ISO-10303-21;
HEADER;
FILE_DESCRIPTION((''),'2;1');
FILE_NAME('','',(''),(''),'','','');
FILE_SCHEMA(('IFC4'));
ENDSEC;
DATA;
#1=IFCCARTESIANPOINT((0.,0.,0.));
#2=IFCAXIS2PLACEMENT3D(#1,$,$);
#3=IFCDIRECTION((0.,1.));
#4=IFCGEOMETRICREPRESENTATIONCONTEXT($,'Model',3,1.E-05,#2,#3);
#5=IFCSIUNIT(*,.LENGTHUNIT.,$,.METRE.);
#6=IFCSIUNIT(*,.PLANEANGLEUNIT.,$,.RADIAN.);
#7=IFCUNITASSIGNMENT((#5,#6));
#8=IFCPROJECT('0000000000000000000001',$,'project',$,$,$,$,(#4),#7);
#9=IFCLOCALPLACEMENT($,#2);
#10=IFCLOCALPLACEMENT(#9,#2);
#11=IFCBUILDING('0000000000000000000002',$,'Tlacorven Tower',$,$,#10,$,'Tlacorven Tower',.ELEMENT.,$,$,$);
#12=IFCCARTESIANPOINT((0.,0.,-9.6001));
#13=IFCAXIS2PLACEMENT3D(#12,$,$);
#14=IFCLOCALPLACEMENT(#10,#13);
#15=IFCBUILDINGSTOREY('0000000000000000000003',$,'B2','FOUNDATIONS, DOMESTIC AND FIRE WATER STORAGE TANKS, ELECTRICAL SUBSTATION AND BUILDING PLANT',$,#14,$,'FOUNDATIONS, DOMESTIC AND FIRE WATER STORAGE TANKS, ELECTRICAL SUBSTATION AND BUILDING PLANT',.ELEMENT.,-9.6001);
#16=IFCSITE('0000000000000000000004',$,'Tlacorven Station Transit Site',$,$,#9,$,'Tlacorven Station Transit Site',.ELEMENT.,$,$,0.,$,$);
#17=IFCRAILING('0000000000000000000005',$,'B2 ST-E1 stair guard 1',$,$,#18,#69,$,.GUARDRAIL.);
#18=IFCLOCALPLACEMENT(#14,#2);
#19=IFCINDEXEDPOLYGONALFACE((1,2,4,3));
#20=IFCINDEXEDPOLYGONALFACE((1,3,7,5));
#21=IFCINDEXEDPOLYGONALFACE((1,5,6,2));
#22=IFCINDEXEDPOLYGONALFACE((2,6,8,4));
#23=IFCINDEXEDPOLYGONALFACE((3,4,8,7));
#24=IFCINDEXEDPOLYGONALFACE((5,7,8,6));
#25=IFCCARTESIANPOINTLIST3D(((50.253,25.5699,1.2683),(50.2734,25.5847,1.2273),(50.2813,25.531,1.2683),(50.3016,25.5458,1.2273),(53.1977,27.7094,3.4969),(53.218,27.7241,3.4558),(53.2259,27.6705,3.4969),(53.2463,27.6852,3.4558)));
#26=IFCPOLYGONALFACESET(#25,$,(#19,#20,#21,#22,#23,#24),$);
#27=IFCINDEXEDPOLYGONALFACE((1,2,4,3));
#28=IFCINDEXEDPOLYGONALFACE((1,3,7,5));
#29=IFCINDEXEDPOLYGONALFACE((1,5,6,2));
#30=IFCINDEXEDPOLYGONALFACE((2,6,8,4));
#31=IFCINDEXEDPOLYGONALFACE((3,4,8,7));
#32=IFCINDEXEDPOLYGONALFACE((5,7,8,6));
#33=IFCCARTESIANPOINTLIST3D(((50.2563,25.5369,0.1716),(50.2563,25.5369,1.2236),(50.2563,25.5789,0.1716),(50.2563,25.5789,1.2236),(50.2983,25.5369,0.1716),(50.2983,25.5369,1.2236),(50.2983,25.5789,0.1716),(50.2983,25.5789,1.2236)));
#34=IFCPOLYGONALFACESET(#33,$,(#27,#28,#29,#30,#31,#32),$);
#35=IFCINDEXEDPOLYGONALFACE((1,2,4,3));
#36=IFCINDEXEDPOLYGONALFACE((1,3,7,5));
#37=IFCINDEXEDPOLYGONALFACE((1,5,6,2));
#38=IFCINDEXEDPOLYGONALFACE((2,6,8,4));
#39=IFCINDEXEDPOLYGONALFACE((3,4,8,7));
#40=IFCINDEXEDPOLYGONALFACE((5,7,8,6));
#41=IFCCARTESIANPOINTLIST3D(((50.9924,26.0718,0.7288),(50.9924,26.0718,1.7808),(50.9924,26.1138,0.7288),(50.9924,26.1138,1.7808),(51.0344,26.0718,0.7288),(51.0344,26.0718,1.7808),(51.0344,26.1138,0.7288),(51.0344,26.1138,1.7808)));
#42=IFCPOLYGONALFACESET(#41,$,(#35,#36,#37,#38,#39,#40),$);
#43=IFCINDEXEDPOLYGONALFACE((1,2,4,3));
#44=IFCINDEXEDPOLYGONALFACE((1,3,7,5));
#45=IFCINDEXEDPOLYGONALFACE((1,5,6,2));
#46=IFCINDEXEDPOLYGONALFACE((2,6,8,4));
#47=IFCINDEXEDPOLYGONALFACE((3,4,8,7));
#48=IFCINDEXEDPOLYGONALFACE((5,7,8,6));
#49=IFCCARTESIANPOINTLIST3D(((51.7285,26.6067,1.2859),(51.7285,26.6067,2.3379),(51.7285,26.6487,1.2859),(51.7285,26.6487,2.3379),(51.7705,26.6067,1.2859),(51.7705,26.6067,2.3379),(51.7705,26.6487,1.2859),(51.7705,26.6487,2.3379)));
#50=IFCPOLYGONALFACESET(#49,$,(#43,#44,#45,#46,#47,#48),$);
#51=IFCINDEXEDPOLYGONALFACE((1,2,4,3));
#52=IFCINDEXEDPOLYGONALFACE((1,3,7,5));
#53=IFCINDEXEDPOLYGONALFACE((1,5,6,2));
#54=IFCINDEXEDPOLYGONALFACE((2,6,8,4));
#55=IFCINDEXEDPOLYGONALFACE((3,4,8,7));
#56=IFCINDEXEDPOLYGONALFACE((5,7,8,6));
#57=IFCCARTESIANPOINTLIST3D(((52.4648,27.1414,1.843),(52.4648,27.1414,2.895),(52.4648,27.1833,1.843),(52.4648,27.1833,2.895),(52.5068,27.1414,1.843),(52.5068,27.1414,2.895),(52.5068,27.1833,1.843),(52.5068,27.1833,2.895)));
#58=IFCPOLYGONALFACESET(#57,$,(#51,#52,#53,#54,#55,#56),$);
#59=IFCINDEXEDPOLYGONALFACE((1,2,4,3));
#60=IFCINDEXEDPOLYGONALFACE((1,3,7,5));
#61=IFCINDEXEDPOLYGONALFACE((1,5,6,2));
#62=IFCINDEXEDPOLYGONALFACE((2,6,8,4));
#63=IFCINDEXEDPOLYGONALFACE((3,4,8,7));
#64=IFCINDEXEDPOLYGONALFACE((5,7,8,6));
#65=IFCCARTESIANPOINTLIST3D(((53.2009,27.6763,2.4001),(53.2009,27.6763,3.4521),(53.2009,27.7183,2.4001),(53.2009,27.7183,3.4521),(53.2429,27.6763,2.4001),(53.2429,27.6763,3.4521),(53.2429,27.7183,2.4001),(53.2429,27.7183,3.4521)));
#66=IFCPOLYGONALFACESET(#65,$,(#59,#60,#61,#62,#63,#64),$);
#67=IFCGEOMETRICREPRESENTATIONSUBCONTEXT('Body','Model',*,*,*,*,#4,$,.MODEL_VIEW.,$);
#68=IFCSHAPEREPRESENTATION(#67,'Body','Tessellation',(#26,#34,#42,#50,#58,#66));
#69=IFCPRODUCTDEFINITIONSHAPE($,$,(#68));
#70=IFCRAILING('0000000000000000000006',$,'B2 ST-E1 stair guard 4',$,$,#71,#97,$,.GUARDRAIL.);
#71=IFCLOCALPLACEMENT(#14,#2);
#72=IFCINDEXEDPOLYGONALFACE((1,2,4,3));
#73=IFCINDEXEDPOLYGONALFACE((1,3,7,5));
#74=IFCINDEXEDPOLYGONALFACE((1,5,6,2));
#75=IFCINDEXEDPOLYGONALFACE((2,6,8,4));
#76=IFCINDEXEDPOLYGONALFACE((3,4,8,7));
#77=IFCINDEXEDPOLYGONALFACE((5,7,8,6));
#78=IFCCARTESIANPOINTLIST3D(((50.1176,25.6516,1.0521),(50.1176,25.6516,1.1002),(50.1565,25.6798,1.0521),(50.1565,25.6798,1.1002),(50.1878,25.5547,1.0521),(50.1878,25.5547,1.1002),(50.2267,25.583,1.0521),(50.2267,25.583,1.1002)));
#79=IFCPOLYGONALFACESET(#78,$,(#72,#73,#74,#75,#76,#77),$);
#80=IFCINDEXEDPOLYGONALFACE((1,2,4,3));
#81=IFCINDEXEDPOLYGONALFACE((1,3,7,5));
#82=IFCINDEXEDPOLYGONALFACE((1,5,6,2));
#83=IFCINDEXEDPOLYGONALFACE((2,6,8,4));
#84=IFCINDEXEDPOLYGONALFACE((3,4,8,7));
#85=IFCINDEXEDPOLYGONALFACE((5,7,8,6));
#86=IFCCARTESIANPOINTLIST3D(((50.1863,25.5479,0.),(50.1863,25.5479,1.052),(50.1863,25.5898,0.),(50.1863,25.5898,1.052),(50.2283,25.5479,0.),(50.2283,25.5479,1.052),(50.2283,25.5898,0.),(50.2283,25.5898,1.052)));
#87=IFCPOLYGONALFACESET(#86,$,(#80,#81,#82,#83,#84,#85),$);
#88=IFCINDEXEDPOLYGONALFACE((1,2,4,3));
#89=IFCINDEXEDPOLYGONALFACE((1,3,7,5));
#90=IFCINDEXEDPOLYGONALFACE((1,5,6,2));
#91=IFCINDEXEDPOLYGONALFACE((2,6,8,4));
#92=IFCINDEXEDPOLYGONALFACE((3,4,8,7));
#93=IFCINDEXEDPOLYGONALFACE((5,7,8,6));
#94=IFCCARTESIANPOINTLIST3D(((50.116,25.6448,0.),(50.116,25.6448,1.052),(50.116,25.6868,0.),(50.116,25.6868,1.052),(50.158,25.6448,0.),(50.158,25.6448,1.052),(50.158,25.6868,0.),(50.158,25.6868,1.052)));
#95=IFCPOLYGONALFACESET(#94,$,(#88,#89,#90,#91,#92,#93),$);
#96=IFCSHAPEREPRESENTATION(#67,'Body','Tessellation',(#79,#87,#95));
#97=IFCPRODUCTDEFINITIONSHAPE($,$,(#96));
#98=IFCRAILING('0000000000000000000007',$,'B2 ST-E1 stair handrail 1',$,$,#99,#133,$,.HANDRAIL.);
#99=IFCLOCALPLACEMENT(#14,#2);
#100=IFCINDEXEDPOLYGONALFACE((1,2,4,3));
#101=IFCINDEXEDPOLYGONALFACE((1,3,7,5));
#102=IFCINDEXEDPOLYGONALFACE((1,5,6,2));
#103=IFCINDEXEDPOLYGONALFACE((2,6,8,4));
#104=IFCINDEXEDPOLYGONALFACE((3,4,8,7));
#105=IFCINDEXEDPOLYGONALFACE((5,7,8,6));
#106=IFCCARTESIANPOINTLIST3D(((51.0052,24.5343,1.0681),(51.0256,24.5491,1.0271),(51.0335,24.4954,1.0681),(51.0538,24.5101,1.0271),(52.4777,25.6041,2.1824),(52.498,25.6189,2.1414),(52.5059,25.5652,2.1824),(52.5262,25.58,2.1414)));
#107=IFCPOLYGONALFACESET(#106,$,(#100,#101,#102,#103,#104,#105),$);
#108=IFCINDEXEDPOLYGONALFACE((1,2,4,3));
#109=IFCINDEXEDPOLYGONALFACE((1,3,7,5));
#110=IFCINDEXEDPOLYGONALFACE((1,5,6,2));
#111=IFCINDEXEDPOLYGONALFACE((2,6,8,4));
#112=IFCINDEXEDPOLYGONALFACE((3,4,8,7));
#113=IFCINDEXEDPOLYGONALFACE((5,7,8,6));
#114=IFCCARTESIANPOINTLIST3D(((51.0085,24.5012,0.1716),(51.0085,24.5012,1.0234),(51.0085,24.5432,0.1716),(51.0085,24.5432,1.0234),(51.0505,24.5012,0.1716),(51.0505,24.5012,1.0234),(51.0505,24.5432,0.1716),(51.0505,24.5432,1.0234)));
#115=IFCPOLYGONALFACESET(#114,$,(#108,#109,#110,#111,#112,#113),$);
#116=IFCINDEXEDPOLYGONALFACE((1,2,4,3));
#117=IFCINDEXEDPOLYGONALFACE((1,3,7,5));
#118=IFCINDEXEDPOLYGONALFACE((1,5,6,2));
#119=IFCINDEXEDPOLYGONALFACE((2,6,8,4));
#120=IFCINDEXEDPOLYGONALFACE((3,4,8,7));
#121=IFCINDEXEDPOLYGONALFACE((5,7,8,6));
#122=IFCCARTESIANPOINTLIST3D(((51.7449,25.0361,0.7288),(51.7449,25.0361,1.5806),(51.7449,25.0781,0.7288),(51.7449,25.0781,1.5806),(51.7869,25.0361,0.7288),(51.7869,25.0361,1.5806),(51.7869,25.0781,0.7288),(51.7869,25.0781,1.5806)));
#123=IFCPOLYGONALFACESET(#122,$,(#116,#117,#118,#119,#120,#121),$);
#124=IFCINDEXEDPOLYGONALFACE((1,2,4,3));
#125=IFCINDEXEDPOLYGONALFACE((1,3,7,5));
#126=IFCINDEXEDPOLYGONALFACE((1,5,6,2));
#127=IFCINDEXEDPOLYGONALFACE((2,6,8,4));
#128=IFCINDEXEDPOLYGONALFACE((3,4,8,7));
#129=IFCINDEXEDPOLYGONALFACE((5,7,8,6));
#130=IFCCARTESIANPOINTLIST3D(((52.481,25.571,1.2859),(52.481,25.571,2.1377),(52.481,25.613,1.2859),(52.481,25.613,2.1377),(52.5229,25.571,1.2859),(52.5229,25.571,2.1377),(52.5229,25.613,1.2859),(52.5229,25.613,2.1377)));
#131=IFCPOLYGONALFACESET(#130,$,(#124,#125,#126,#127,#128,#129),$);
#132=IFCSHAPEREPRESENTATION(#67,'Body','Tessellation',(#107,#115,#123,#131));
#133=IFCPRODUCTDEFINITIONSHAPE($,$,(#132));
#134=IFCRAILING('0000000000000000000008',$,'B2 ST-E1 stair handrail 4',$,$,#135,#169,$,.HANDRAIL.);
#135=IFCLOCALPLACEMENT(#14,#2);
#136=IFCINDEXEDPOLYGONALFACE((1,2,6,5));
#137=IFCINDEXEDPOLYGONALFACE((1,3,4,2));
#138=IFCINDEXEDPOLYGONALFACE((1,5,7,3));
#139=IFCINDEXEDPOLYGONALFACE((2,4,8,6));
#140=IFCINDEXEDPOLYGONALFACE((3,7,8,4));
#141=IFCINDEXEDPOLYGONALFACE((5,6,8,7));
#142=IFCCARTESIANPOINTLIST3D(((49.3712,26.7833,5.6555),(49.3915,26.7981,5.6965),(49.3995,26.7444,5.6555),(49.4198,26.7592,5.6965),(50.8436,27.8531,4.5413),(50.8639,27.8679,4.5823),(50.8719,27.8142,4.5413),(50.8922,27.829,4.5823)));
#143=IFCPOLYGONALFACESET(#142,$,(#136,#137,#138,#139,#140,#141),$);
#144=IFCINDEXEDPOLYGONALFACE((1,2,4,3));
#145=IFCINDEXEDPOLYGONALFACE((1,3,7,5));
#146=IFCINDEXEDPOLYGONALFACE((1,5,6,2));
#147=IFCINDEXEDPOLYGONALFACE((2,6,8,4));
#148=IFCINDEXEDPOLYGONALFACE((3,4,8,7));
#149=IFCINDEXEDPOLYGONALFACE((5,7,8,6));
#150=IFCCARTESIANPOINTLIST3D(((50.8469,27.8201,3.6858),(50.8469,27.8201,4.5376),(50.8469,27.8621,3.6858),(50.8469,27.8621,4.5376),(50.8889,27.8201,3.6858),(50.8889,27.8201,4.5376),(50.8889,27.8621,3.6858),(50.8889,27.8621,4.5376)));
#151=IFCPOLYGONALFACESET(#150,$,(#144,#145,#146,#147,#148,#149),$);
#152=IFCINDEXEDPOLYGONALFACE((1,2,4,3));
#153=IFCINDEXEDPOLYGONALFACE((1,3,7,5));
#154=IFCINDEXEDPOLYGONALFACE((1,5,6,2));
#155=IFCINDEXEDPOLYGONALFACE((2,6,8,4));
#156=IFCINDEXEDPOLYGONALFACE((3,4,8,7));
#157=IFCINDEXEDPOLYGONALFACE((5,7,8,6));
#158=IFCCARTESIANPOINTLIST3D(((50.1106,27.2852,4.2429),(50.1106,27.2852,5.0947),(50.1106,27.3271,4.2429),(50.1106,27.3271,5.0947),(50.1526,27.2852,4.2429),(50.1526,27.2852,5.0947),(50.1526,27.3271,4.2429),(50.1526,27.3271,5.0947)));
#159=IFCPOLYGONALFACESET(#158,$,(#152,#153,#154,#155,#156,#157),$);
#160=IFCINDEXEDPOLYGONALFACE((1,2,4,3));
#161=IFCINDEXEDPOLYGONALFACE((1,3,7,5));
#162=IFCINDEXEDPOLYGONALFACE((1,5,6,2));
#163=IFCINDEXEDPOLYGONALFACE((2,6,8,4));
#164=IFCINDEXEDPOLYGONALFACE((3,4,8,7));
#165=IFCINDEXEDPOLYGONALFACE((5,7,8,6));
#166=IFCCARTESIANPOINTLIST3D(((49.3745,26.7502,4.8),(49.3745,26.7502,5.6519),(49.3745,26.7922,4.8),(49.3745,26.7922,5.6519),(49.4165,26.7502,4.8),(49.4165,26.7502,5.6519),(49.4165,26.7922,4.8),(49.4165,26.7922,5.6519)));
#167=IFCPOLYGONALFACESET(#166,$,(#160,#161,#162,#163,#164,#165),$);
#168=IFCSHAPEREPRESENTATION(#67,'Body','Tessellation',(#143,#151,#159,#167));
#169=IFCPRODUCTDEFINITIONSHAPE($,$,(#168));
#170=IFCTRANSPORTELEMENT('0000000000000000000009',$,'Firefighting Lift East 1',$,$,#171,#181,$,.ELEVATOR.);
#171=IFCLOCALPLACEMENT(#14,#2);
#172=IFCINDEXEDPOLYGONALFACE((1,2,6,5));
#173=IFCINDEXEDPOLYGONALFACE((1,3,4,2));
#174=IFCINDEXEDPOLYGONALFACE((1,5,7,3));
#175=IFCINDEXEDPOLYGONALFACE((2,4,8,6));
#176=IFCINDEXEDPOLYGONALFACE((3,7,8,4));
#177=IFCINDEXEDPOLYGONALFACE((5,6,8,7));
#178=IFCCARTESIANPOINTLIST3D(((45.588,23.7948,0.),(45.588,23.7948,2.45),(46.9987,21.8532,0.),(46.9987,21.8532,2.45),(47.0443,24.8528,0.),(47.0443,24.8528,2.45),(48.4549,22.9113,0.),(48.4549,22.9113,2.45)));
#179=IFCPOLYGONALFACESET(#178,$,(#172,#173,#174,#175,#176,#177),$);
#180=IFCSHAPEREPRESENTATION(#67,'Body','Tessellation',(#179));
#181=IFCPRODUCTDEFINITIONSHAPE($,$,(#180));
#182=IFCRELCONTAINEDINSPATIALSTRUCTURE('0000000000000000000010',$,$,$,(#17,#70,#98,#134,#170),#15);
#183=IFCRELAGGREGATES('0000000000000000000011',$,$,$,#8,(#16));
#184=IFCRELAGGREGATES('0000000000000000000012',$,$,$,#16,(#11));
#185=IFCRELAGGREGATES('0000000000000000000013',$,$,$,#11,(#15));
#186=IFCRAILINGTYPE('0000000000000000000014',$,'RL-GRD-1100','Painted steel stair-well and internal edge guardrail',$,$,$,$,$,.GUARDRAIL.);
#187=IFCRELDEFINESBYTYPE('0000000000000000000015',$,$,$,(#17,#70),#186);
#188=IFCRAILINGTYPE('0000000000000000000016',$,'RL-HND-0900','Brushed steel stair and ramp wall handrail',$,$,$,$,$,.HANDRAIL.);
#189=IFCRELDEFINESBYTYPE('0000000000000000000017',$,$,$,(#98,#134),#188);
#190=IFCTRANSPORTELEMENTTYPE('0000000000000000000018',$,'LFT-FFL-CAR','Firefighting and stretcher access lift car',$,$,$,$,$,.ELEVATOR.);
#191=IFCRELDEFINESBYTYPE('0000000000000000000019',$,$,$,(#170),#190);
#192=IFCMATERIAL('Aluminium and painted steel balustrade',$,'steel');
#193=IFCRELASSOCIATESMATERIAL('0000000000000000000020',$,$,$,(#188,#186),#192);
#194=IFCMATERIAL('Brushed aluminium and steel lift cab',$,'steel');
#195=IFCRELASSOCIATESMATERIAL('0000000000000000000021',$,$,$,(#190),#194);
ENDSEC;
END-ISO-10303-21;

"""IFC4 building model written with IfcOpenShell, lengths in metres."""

from ifc_helpers import new_model, si_unit, direction, frame, origin, origin_2d, place, context, subcontext, project, spatial, rectangle, extrude, source, transform, mapped, material, type_object, element, save


model = new_model("IFC4")

# Units and contexts
model_context = context("Model", 3, precision=1e-05, world=origin(), true_north=direction((0.0, 1.0)))
body_context = subcontext(model_context, "Body", "Model", "MODEL_VIEW")
ifc_project = project(units=[si_unit("LENGTHUNIT", "METRE"), si_unit("PLANEANGLEUNIT", "RADIAN")], contexts=[model_context])

# Site, building, storey
site_placement = place(None, origin())
site = spatial("IfcSite", under=ifc_project, at=site_placement, Name="Tlacorven Station Transit Site", LongName="Tlacorven Station Transit Site", CompositionType="ELEMENT", RefElevation=0.0)
building_placement = place(site_placement, origin())
building = spatial("IfcBuilding", under=site, at=building_placement, Name="Tlacorven Tower", LongName="Tlacorven Tower", CompositionType="ELEMENT")
storey_placement = place(building_placement, frame((0.0, 0.0, -9.6001)))
storey = spatial("IfcBuildingStorey", under=building, at=storey_placement, Name="B2", Description="FOUNDATIONS, DOMESTIC AND FIRE WATER STORAGE TANKS, ELECTRICAL SUBSTATION AND BUILDING PLANT", LongName="FOUNDATIONS, DOMESTIC AND FIRE WATER STORAGE TANKS, ELECTRICAL SUBSTATION AND BUILDING PLANT", CompositionType="ELEMENT", Elevation=-9.6001)

# Railings
ifc_material_1 = material(Name="Aluminium and painted steel balustrade", Category="steel")
railing_type_1 = type_object("IfcRailingType", Name="RL-HND-0900", Description="Brushed steel stair and ramp wall handrail", PredefinedType="HANDRAIL", material=ifc_material_1)
railing_type_2 = type_object("IfcRailingType", Name="RL-GRD-1100", Description="Painted steel stair-well and internal edge guardrail", PredefinedType="GUARDRAIL", material=ifc_material_1)
shared_shape_1 = source(origin(), body_context, "Body", "SweptSolid", [
    extrude(rectangle(XDim=0.0481, YDim=0.0481, at=origin_2d()), frame((0.0, 0.0, 1.0762), z_axis=(0.689957, 0.501293, 0.522173), x_axis=(-0.587793, 0.809012, 0.0)), (0.0, 0.0, 1.0), 4.2678),
    extrude(rectangle(XDim=0.042, YDim=0.042, at=origin_2d()), origin(), (0.0, 0.0, 1.0), 1.052),
    extrude(rectangle(XDim=0.042, YDim=0.042, at=origin_2d()), frame((0.7361, 0.5349, 0.5571)), (0.0, 0.0, 1.0), 1.052),
    extrude(rectangle(XDim=0.042, YDim=0.042, at=origin_2d()), frame((1.4722, 1.0698, 1.1143)), (0.0, 0.0, 1.0), 1.052),
    extrude(rectangle(XDim=0.042, YDim=0.042, at=origin_2d()), frame((2.2085, 1.6045, 1.6714)), (0.0, 0.0, 1.0), 1.052),
    extrude(rectangle(XDim=0.042, YDim=0.042, at=origin_2d()), frame((2.9446, 2.1394, 2.2285)), (0.0, 0.0, 1.0), 1.052),
])
railing_1_placement = place(storey_placement, frame((50.2773, 25.5579, 0.1716)))
element("IfcRailing", 1, at=railing_1_placement, inside=storey, type_object=railing_type_2, Name="B2 ST-E1 stair guard 1", PredefinedType="GUARDRAIL", context=body_context, shape_type="MappedRepresentation", body=[
    mapped(shared_shape_1, transform((0.0, 0.0, 0.0), scale=1.0)),
])
shared_shape_2 = source(origin(), body_context, "Body", "SweptSolid", [
    extrude(rectangle(XDim=0.0481, YDim=0.0481, at=origin_2d()), frame((0.0, 0.0, 1.0762), z_axis=(-0.587201, 0.809441, 0.0), x_axis=(-0.809441, -0.587201, 0.0)), (0.0, 0.0, 1.0), 0.1196),
    extrude(rectangle(XDim=0.042, YDim=0.042, at=origin_2d()), origin(), (0.0, 0.0, 1.0), 1.052),
    extrude(rectangle(XDim=0.042, YDim=0.042, at=origin_2d()), frame((-0.0703, 0.0969, 0.0)), (0.0, 0.0, 1.0), 1.052),
])
railing_2_placement = place(storey_placement, frame((50.2073, 25.5688, 0.0)))
element("IfcRailing", 2, at=railing_2_placement, inside=storey, type_object=railing_type_2, Name="B2 ST-E1 stair guard 4", PredefinedType="GUARDRAIL", context=body_context, shape_type="MappedRepresentation", body=[
    mapped(shared_shape_2, transform((0.0, 0.0, 0.0), scale=1.0)),
])
shared_shape_3 = source(origin(), body_context, "Body", "SweptSolid", [
    extrude(rectangle(XDim=0.0481, YDim=0.0481, at=origin_2d()), frame((0.0, 0.0, 0.876), z_axis=(0.689967, 0.501316, 0.522137), x_axis=(-0.587805, 0.809003, 0.0)), (0.0, 0.0, 1.0), 2.134),
    extrude(rectangle(XDim=0.042, YDim=0.042, at=origin_2d()), origin(), (0.0, 0.0, 1.0), 0.8518),
    extrude(rectangle(XDim=0.042, YDim=0.042, at=origin_2d()), frame((0.7363, 0.5349, 0.5571)), (0.0, 0.0, 1.0), 0.8518),
    extrude(rectangle(XDim=0.042, YDim=0.042, at=origin_2d()), frame((1.4724, 1.0698, 1.1143)), (0.0, 0.0, 1.0), 0.8518),
])
railing_3_placement = place(storey_placement, frame((51.0295, 24.5222, 0.1716)))
element("IfcRailing", 3, at=railing_3_placement, inside=storey, type_object=railing_type_1, Name="B2 ST-E1 stair handrail 1", PredefinedType="HANDRAIL", context=body_context, shape_type="MappedRepresentation", body=[
    mapped(shared_shape_3, transform((0.0, 0.0, 0.0), scale=1.0)),
])
shared_shape_4 = source(origin(), body_context, "Body", "SweptSolid", [
    extrude(rectangle(XDim=0.0481, YDim=0.0481, at=origin_2d()), frame((0.0, 0.0, 0.876), z_axis=(-0.689967, -0.501316, 0.522137), x_axis=(0.587805, -0.809003, 0.0)), (0.0, 0.0, 1.0), 2.134),
    extrude(rectangle(XDim=0.042, YDim=0.042, at=origin_2d()), origin(), (0.0, 0.0, 1.0), 0.8518),
    extrude(rectangle(XDim=0.042, YDim=0.042, at=origin_2d()), frame((-0.7363, -0.5349, 0.5571)), (0.0, 0.0, 1.0), 0.8518),
    extrude(rectangle(XDim=0.042, YDim=0.042, at=origin_2d()), frame((-1.4724, -1.0698, 1.1143)), (0.0, 0.0, 1.0), 0.8518),
])
railing_4_placement = place(storey_placement, frame((50.8679, 27.8411, 3.6858)))
element("IfcRailing", 4, at=railing_4_placement, inside=storey, type_object=railing_type_1, Name="B2 ST-E1 stair handrail 4", PredefinedType="HANDRAIL", context=body_context, shape_type="MappedRepresentation", body=[
    mapped(shared_shape_4, transform((0.0, 0.0, 0.0), scale=1.0)),
])

# Transport element
ifc_material_2 = material(Name="Brushed aluminium and steel lift cab", Category="steel")
transport_element_type = type_object("IfcTransportElementType", Name="LFT-FFL-CAR", Description="Firefighting and stretcher access lift car", PredefinedType="ELEVATOR", material=ifc_material_2)
shared_shape_5 = source(origin(), body_context, "Body", "SweptSolid", [
    extrude(rectangle(XDim=1.8, YDim=2.3999, at=origin_2d()), origin(), (0.0, 0.0, 1.0), 2.45),
])
transport_element_placement = place(storey_placement, frame((47.0215, 23.353, 0.0), z_axis=(0.0, 0.0, 1.0), x_axis=(0.809017, 0.587785, 0.0)))
element("IfcTransportElement", 5, at=transport_element_placement, inside=storey, type_object=transport_element_type, Name="Firefighting Lift East 1", PredefinedType="ELEVATOR", context=body_context, shape_type="MappedRepresentation", body=[
    mapped(shared_shape_5, transform((0.0, 0.0, 0.0), scale=1.0)),
])

save(model, "model.ifc")
